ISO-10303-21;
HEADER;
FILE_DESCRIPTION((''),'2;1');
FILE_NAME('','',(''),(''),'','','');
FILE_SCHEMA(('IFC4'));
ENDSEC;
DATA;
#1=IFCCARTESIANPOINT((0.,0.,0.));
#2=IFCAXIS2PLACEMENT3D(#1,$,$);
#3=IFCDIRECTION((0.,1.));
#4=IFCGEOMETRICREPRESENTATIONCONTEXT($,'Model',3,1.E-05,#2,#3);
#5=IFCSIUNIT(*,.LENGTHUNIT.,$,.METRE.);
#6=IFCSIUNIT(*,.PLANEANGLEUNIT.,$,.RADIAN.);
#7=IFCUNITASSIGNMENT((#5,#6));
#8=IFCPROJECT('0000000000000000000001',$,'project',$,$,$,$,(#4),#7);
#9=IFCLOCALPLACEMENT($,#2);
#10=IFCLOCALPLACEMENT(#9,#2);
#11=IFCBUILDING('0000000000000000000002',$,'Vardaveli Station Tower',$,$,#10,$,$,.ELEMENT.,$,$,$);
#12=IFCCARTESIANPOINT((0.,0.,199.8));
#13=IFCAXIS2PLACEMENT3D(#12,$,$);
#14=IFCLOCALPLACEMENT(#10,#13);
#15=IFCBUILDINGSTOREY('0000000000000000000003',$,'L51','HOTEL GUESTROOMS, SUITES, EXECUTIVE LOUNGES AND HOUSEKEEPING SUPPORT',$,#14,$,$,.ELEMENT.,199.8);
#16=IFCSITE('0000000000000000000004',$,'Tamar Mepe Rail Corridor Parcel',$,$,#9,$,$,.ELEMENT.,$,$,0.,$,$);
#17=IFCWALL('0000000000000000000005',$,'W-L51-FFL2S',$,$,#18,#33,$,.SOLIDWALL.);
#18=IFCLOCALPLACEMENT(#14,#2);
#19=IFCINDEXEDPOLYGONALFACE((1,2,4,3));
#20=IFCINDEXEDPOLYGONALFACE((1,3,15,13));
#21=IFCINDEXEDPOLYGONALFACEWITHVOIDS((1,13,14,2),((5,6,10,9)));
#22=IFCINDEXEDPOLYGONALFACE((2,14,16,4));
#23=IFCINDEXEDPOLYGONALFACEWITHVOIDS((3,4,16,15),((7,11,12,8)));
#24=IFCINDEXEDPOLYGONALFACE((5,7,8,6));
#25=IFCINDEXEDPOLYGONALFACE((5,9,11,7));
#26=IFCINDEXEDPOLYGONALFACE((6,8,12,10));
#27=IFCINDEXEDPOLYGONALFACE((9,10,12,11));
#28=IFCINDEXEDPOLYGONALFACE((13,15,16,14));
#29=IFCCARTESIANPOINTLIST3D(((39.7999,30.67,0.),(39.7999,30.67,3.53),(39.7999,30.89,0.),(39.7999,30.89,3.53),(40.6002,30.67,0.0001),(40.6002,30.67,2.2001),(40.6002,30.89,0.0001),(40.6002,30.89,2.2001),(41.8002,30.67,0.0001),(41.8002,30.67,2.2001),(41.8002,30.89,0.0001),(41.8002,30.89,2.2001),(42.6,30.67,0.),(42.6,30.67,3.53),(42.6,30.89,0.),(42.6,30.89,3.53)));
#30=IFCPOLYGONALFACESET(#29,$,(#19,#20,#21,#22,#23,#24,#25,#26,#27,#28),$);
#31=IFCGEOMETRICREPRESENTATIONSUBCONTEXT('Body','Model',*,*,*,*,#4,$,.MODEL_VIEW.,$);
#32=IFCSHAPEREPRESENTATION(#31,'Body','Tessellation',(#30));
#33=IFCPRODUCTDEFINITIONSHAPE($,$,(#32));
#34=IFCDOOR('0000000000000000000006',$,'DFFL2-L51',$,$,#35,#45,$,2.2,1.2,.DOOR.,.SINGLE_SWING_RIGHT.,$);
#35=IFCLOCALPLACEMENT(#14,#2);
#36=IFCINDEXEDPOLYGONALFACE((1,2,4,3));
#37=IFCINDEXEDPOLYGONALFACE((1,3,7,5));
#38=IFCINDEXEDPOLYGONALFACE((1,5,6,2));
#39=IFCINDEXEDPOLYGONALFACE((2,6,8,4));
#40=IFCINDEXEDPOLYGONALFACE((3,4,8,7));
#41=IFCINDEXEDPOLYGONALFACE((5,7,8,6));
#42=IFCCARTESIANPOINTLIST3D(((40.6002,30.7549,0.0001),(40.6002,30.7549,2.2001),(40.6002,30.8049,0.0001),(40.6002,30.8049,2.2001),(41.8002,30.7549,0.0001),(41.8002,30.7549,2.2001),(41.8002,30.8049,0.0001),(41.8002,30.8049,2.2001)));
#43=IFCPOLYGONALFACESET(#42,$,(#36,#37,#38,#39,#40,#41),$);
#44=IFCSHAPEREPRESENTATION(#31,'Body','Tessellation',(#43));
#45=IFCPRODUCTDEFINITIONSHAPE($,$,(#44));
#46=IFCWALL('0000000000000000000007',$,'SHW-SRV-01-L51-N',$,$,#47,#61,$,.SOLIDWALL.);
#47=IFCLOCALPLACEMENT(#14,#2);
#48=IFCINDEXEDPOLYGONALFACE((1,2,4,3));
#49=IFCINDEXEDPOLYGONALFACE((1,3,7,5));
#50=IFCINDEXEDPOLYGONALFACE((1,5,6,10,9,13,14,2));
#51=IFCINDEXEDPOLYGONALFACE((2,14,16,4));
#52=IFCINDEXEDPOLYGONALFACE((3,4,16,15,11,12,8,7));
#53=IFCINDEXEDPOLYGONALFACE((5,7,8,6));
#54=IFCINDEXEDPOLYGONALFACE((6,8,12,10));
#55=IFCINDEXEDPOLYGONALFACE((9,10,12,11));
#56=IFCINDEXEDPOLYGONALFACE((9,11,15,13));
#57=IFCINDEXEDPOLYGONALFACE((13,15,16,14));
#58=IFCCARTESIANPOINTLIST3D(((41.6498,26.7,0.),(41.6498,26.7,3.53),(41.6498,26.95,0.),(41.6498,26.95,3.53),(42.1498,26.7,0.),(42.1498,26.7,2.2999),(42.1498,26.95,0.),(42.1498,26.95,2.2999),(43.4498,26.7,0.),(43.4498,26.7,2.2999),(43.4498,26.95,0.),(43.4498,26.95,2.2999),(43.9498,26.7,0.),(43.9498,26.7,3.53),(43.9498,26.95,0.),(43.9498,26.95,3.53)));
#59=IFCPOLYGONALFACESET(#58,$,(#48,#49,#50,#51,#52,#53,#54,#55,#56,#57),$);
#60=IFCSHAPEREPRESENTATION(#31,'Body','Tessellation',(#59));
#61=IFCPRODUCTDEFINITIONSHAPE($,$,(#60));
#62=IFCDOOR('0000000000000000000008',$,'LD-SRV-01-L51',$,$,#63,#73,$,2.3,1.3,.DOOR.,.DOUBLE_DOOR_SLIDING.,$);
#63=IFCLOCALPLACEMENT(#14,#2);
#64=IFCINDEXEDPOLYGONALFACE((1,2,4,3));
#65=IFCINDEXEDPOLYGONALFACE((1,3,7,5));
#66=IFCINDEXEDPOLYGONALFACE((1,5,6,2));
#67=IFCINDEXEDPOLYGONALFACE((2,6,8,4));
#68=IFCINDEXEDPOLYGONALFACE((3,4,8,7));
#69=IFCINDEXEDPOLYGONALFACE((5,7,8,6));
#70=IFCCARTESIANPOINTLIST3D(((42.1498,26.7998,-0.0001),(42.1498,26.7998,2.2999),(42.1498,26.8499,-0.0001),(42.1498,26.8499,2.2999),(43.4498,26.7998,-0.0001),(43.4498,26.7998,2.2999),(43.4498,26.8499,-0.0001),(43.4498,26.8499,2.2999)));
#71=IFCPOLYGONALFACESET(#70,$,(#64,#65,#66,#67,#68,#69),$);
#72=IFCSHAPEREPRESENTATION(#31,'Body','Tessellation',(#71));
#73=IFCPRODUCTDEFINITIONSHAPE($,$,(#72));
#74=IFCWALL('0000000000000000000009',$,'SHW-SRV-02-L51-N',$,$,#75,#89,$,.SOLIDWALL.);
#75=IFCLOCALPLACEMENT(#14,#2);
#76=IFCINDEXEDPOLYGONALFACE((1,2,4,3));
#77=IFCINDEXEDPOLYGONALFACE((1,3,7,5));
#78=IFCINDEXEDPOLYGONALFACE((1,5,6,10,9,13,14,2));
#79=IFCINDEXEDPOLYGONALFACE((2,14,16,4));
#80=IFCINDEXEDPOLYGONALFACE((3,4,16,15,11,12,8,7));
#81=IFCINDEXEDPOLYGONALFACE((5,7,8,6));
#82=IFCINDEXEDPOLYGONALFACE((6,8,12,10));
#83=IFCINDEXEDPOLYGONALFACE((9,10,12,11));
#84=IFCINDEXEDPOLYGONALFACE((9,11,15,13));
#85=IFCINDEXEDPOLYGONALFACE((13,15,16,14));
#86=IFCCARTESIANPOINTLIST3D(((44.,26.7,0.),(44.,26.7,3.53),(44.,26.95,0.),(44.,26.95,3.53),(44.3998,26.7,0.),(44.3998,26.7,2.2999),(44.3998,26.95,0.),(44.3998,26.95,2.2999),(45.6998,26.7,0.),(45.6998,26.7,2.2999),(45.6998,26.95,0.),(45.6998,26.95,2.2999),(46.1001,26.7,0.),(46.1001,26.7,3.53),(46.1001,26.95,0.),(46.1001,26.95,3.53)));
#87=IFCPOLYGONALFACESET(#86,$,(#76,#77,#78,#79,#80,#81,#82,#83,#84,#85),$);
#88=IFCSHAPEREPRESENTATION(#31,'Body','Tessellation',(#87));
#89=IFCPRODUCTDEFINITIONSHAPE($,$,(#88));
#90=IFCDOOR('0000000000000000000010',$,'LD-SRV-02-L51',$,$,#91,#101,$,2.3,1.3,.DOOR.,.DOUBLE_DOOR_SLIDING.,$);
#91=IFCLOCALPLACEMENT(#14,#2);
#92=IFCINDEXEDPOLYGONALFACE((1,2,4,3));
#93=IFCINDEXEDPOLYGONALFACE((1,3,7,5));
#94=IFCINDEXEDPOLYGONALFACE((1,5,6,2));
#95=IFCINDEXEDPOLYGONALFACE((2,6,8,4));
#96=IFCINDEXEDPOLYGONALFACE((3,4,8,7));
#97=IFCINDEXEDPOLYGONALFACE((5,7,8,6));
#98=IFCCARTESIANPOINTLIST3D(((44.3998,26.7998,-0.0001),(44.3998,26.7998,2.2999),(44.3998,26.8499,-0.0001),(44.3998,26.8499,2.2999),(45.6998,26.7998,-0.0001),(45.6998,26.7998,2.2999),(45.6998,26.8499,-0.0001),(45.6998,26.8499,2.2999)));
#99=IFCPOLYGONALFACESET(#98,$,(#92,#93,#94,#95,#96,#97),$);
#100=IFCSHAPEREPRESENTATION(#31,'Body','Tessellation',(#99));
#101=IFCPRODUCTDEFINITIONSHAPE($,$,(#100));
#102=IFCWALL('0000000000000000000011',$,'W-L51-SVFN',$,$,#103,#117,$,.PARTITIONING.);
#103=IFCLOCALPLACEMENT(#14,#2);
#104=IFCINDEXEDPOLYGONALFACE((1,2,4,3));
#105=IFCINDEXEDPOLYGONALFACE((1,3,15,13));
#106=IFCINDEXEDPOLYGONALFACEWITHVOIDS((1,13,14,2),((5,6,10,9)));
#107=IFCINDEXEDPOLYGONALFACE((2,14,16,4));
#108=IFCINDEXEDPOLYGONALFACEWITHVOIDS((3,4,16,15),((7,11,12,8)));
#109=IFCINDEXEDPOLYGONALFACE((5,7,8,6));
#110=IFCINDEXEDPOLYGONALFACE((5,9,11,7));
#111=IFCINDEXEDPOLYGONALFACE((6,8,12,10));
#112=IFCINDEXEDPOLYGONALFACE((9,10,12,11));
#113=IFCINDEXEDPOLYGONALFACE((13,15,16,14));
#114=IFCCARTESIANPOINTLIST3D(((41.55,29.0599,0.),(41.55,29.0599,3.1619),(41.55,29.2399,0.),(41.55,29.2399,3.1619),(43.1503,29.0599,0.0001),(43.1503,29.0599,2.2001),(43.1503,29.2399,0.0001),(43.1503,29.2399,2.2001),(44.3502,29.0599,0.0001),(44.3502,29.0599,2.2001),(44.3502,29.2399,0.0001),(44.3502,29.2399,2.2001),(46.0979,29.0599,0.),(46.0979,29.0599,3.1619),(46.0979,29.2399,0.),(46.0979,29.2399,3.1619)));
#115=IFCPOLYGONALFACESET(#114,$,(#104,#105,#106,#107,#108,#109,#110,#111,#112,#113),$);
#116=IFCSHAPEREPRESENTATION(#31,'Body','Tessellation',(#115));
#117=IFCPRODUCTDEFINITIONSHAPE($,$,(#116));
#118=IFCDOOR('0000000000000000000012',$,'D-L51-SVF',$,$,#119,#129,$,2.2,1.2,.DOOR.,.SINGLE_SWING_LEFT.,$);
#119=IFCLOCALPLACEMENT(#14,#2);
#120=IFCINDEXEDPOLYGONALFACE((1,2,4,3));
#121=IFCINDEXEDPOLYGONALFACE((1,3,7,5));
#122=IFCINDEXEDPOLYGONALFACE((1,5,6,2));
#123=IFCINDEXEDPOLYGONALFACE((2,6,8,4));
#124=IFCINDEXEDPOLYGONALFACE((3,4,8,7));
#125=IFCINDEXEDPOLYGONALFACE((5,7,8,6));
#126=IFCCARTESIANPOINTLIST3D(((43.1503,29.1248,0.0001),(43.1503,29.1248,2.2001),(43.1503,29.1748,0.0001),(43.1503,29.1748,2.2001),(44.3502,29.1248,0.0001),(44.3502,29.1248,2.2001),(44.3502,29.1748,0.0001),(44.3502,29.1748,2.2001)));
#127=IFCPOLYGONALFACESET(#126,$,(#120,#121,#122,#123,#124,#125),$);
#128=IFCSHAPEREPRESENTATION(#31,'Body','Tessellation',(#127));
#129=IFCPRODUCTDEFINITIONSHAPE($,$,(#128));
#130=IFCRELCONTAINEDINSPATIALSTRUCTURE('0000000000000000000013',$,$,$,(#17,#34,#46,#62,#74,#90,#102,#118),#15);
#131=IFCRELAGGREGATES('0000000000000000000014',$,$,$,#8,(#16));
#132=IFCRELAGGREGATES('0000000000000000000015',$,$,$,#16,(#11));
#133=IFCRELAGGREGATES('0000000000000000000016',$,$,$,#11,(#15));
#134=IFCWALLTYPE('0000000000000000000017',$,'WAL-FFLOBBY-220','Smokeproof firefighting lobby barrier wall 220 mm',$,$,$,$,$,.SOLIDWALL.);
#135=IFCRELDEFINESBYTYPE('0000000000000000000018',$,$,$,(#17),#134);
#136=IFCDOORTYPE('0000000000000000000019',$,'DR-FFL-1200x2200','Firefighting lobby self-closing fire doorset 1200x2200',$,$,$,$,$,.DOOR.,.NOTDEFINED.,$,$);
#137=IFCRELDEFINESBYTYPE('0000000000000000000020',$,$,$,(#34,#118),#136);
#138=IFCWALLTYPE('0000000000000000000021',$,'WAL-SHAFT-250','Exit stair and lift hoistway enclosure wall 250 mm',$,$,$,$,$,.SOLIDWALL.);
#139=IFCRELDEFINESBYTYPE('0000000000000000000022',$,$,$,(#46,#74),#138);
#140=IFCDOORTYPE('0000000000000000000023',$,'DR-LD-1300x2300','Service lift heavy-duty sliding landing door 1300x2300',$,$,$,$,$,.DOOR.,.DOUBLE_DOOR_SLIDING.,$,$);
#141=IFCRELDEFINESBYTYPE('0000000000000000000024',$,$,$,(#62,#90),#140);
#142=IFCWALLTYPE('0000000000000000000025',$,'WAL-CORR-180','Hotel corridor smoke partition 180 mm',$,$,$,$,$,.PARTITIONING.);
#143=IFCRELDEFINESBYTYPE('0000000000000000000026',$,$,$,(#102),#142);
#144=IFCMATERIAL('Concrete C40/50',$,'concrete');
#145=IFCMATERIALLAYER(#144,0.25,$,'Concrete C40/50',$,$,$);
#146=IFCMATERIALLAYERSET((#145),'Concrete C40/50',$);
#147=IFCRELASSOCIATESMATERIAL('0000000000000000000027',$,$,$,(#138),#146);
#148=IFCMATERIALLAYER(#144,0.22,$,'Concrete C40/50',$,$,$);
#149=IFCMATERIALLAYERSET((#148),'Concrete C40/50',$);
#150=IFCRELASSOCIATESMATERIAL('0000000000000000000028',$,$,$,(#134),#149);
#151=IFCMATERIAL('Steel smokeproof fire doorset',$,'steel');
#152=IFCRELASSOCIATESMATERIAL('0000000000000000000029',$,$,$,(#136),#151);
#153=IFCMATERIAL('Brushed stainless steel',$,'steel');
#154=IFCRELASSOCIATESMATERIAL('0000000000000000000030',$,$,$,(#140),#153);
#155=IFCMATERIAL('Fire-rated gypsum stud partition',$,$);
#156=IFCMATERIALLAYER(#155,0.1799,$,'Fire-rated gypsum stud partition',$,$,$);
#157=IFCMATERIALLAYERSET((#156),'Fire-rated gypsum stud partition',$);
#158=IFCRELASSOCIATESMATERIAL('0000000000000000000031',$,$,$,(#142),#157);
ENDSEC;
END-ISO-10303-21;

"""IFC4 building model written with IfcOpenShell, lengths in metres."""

from ifc_helpers import new_model, si_unit, direction, frame, frame_2d, origin, place, context, subcontext, project, spatial, rectangle, extrude, source, transform, mapped, material, layer, layer_set, type_object, element, fill, save


model = new_model("IFC4")

# Units and contexts
model_context = context("Model", 3, precision=1e-05, world=origin(), true_north=direction((0.0, 1.0)))
body_context = subcontext(model_context, "Body", "Model", "MODEL_VIEW")
ifc_project = project(units=[si_unit("LENGTHUNIT", "METRE"), si_unit("PLANEANGLEUNIT", "RADIAN")], contexts=[model_context])

# Site, building, storey
site_placement = place(None, origin())
site = spatial("IfcSite", under=ifc_project, at=site_placement, Name="Tamar Mepe Rail Corridor Parcel", CompositionType="ELEMENT", RefElevation=0.0)
building_placement = place(site_placement, origin())
building = spatial("IfcBuilding", under=site, at=building_placement, Name="Vardaveli Station Tower", CompositionType="ELEMENT")
storey_placement = place(building_placement, frame((0.0, 0.0, 199.8)))
storey = spatial("IfcBuildingStorey", under=building, at=storey_placement, Name="L51", Description="HOTEL GUESTROOMS, SUITES, EXECUTIVE LOUNGES AND HOUSEKEEPING SUPPORT", CompositionType="ELEMENT", Elevation=199.8)

# Shared definitions
ifc_material_1 = material(Name="Concrete C40/50", Category="concrete")
ifc_layer_1 = layer(ifc_material_1, 0.25, Name="Concrete C40/50")
ifc_layer_set_1 = layer_set([ifc_layer_1], Name="Concrete C40/50")
wall_type_1 = type_object("IfcWallType", Name="WAL-SHAFT-250", Description="Exit stair and lift hoistway enclosure wall 250 mm", PredefinedType="SOLIDWALL", material=ifc_layer_set_1)

# Walls, openings, doors
ifc_material_2 = material(Name="Steel smokeproof fire doorset", Category="steel")
ifc_layer_2 = layer(ifc_material_1, 0.22, Name="Concrete C40/50")
ifc_layer_set_2 = layer_set([ifc_layer_2], Name="Concrete C40/50")
wall_type_2 = type_object("IfcWallType", Name="WAL-FFLOBBY-220", Description="Smokeproof firefighting lobby barrier wall 220 mm", PredefinedType="SOLIDWALL", material=ifc_layer_set_2)
shared_shape_1 = source(origin(), body_context, "Body", "SweptSolid", [
    extrude(rectangle(XDim=2.8, YDim=0.22, at=frame_2d((1.3999, 0.0))), origin(), (0.0, 0.0, 1.0), 3.53),
])
wall_1_placement = place(storey_placement, frame((39.8, 30.78, 0.0), z_axis=(0.0, 0.0, 1.0), x_axis=(1.0, 0.0, 0.0)))
wall_1 = element("IfcWall", 1, at=wall_1_placement, inside=storey, type_object=wall_type_2, Name="W-L51-FFL2S", PredefinedType="SOLIDWALL", context=body_context, shape_type="MappedRepresentation", body=[
    mapped(shared_shape_1, transform((0.0, 0.0, 0.0), scale=1.0)),
])
shared_shape_2 = source(origin(), body_context, "Body", "SweptSolid", [
    extrude(rectangle(XDim=1.2, YDim=2.2, at=frame_2d((0.6001, 1.1001))), frame((0.0, 0.1201, 0.0), z_axis=(0.0, -1.0, 0.0), x_axis=(1.0, 0.0, 0.0)), (0.0, 0.0, 1.0), 0.24),
])
opening_1_placement = place(wall_1_placement, frame((0.8, 0.0, 0.0)))
opening_1 = element("IfcOpeningElement", 2, at=opening_1_placement, cuts=wall_1, PredefinedType="OPENING", context=body_context, shape_type="MappedRepresentation", body=[
    mapped(shared_shape_2, transform((0.0, 0.0, 0.0), scale=1.0)),
])
door_type_1 = type_object("IfcDoorType", Name="DR-FFL-1200x2200", Description="Firefighting lobby self-closing fire doorset 1200x2200", OperationType="NOTDEFINED", PredefinedType="DOOR", material=ifc_material_2)
shared_shape_3 = source(origin(), body_context, "Body", "SweptSolid", [
    extrude(rectangle(XDim=1.2, YDim=2.2, at=frame_2d((0.6001, 1.1001))), frame((0.0, 0.0249, 0.0), z_axis=(0.0, -1.0, 0.0), x_axis=(1.0, 0.0, 0.0)), (0.0, 0.0, 1.0), 0.05),
])
door_1_placement = place(opening_1_placement, origin())
door_1 = element("IfcDoor", 3, at=door_1_placement, inside=storey, type_object=door_type_1, Name="DFFL2-L51", OperationType="SINGLE_SWING_RIGHT", OverallHeight=2.2, OverallWidth=1.2, PredefinedType="DOOR", context=body_context, shape_type="MappedRepresentation", body=[
    mapped(shared_shape_3, transform((0.0, 0.0, 0.0), scale=1.0)),
])
fill(opening_1, door_1)
shared_shape_4 = source(origin(), body_context, "Body", "SweptSolid", [
    extrude(rectangle(XDim=2.3, YDim=0.25, at=frame_2d((1.1499, 0.0))), origin(), (0.0, 0.0, 1.0), 3.53),
])
wall_2_placement = place(storey_placement, frame((41.6499, 26.825, 0.0), z_axis=(0.0, 0.0, 1.0), x_axis=(1.0, 0.0, 0.0)))
wall_2 = element("IfcWall", 4, at=wall_2_placement, inside=storey, type_object=wall_type_1, Name="SHW-SRV-01-L51-N", PredefinedType="SOLIDWALL", context=body_context, shape_type="MappedRepresentation", body=[
    mapped(shared_shape_4, transform((0.0, 0.0, 0.0), scale=1.0)),
])
shared_shape_5 = source(origin(), body_context, "Body", "SweptSolid", [
    extrude(rectangle(XDim=1.3, YDim=2.3, at=frame_2d((0.6499, 1.1499))), frame((0.0, 0.135, 0.0), z_axis=(0.0, -1.0, 0.0), x_axis=(1.0, 0.0, 0.0)), (0.0, 0.0, 1.0), 0.27),
])
opening_2_placement = place(wall_2_placement, frame((0.5, 0.0, 0.0)))
opening_2 = element("IfcOpeningElement", 5, at=opening_2_placement, cuts=wall_2, PredefinedType="OPENING", context=body_context, shape_type="MappedRepresentation", body=[
    mapped(shared_shape_5, transform((0.0, 0.0, 0.0), scale=1.0)),
])
ifc_material_3 = material(Name="Brushed stainless steel", Category="steel")
door_type_2 = type_object("IfcDoorType", Name="DR-LD-1300x2300", Description="Service lift heavy-duty sliding landing door 1300x2300", OperationType="DOUBLE_DOOR_SLIDING", PredefinedType="DOOR", material=ifc_material_3)
shared_shape_6 = source(origin(), body_context, "Body", "SweptSolid", [
    extrude(rectangle(XDim=1.3, YDim=2.3, at=frame_2d((0.6499, 1.1499))), frame((0.0, 0.0249, 0.0), z_axis=(0.0, -1.0, 0.0), x_axis=(1.0, 0.0, 0.0)), (0.0, 0.0, 1.0), 0.05),
])
door_2_placement = place(opening_2_placement, origin())
door_2 = element("IfcDoor", 6, at=door_2_placement, inside=storey, type_object=door_type_2, Name="LD-SRV-01-L51", OperationType="DOUBLE_DOOR_SLIDING", OverallHeight=2.3, OverallWidth=1.3, PredefinedType="DOOR", context=body_context, shape_type="MappedRepresentation", body=[
    mapped(shared_shape_6, transform((0.0, 0.0, 0.0), scale=1.0)),
])
fill(opening_2, door_2)
shared_shape_7 = source(origin(), body_context, "Body", "SweptSolid", [
    extrude(rectangle(XDim=2.1001, YDim=0.25, at=frame_2d((1.05, 0.0))), origin(), (0.0, 0.0, 1.0), 3.53),
])
wall_3_placement = place(storey_placement, frame((44.0, 26.825, 0.0), z_axis=(0.0, 0.0, 1.0), x_axis=(1.0, 0.0, 0.0)))
wall_3 = element("IfcWall", 7, at=wall_3_placement, inside=storey, type_object=wall_type_1, Name="SHW-SRV-02-L51-N", PredefinedType="SOLIDWALL", context=body_context, shape_type="MappedRepresentation", body=[
    mapped(shared_shape_7, transform((0.0, 0.0, 0.0), scale=1.0)),
])
opening_3_placement = place(wall_3_placement, frame((0.3999, 0.0, 0.0)))
opening_3 = element("IfcOpeningElement", 8, at=opening_3_placement, cuts=wall_3, PredefinedType="OPENING", context=body_context, shape_type="MappedRepresentation", body=[
    mapped(shared_shape_5, transform((0.0, 0.0, 0.0), scale=1.0)),
])
door_3_placement = place(opening_3_placement, origin())
door_3 = element("IfcDoor", 9, at=door_3_placement, inside=storey, type_object=door_type_2, Name="LD-SRV-02-L51", OperationType="DOUBLE_DOOR_SLIDING", OverallHeight=2.3, OverallWidth=1.3, PredefinedType="DOOR", context=body_context, shape_type="MappedRepresentation", body=[
    mapped(shared_shape_6, transform((0.0, 0.0, 0.0), scale=1.0)),
])
fill(opening_3, door_3)
ifc_material_4 = material(Name="Fire-rated gypsum stud partition")
ifc_layer_3 = layer(ifc_material_4, 0.1799, Name="Fire-rated gypsum stud partition")
ifc_layer_set_3 = layer_set([ifc_layer_3], Name="Fire-rated gypsum stud partition")
wall_type_3 = type_object("IfcWallType", Name="WAL-CORR-180", Description="Hotel corridor smoke partition 180 mm", PredefinedType="PARTITIONING", material=ifc_layer_set_3)
shared_shape_8 = source(origin(), body_context, "Body", "SweptSolid", [
    extrude(rectangle(XDim=4.5479, YDim=0.1799, at=frame_2d((2.2739, 0.0))), origin(), (0.0, 0.0, 1.0), 3.1619),
])
wall_4_placement = place(storey_placement, frame((41.55, 29.1499, 0.0), z_axis=(0.0, 0.0, 1.0), x_axis=(1.0, 0.0, 0.0)))
wall_4 = element("IfcWall", 10, at=wall_4_placement, inside=storey, type_object=wall_type_3, Name="W-L51-SVFN", PredefinedType="PARTITIONING", context=body_context, shape_type="MappedRepresentation", body=[
    mapped(shared_shape_8, transform((0.0, 0.0, 0.0), scale=1.0)),
])
shared_shape_9 = source(origin(), body_context, "Body", "SweptSolid", [
    extrude(rectangle(XDim=1.2, YDim=2.2, at=frame_2d((0.6001, 1.1001))), frame((0.0, 0.1001, 0.0), z_axis=(0.0, -1.0, 0.0), x_axis=(1.0, 0.0, 0.0)), (0.0, 0.0, 1.0), 0.2),
])
opening_4_placement = place(wall_4_placement, frame((1.6001, 0.0, 0.0)))
opening_4 = element("IfcOpeningElement", 11, at=opening_4_placement, cuts=wall_4, PredefinedType="OPENING", context=body_context, shape_type="MappedRepresentation", body=[
    mapped(shared_shape_9, transform((0.0, 0.0, 0.0), scale=1.0)),
])
door_4_placement = place(opening_4_placement, origin())
door_4 = element("IfcDoor", 12, at=door_4_placement, inside=storey, type_object=door_type_1, Name="D-L51-SVF", OperationType="SINGLE_SWING_LEFT", OverallHeight=2.2, OverallWidth=1.2, PredefinedType="DOOR", context=body_context, shape_type="MappedRepresentation", body=[
    mapped(shared_shape_3, transform((0.0, 0.0, 0.0), scale=1.0)),
])
fill(opening_4, door_4)

save(model, "model.ifc")
